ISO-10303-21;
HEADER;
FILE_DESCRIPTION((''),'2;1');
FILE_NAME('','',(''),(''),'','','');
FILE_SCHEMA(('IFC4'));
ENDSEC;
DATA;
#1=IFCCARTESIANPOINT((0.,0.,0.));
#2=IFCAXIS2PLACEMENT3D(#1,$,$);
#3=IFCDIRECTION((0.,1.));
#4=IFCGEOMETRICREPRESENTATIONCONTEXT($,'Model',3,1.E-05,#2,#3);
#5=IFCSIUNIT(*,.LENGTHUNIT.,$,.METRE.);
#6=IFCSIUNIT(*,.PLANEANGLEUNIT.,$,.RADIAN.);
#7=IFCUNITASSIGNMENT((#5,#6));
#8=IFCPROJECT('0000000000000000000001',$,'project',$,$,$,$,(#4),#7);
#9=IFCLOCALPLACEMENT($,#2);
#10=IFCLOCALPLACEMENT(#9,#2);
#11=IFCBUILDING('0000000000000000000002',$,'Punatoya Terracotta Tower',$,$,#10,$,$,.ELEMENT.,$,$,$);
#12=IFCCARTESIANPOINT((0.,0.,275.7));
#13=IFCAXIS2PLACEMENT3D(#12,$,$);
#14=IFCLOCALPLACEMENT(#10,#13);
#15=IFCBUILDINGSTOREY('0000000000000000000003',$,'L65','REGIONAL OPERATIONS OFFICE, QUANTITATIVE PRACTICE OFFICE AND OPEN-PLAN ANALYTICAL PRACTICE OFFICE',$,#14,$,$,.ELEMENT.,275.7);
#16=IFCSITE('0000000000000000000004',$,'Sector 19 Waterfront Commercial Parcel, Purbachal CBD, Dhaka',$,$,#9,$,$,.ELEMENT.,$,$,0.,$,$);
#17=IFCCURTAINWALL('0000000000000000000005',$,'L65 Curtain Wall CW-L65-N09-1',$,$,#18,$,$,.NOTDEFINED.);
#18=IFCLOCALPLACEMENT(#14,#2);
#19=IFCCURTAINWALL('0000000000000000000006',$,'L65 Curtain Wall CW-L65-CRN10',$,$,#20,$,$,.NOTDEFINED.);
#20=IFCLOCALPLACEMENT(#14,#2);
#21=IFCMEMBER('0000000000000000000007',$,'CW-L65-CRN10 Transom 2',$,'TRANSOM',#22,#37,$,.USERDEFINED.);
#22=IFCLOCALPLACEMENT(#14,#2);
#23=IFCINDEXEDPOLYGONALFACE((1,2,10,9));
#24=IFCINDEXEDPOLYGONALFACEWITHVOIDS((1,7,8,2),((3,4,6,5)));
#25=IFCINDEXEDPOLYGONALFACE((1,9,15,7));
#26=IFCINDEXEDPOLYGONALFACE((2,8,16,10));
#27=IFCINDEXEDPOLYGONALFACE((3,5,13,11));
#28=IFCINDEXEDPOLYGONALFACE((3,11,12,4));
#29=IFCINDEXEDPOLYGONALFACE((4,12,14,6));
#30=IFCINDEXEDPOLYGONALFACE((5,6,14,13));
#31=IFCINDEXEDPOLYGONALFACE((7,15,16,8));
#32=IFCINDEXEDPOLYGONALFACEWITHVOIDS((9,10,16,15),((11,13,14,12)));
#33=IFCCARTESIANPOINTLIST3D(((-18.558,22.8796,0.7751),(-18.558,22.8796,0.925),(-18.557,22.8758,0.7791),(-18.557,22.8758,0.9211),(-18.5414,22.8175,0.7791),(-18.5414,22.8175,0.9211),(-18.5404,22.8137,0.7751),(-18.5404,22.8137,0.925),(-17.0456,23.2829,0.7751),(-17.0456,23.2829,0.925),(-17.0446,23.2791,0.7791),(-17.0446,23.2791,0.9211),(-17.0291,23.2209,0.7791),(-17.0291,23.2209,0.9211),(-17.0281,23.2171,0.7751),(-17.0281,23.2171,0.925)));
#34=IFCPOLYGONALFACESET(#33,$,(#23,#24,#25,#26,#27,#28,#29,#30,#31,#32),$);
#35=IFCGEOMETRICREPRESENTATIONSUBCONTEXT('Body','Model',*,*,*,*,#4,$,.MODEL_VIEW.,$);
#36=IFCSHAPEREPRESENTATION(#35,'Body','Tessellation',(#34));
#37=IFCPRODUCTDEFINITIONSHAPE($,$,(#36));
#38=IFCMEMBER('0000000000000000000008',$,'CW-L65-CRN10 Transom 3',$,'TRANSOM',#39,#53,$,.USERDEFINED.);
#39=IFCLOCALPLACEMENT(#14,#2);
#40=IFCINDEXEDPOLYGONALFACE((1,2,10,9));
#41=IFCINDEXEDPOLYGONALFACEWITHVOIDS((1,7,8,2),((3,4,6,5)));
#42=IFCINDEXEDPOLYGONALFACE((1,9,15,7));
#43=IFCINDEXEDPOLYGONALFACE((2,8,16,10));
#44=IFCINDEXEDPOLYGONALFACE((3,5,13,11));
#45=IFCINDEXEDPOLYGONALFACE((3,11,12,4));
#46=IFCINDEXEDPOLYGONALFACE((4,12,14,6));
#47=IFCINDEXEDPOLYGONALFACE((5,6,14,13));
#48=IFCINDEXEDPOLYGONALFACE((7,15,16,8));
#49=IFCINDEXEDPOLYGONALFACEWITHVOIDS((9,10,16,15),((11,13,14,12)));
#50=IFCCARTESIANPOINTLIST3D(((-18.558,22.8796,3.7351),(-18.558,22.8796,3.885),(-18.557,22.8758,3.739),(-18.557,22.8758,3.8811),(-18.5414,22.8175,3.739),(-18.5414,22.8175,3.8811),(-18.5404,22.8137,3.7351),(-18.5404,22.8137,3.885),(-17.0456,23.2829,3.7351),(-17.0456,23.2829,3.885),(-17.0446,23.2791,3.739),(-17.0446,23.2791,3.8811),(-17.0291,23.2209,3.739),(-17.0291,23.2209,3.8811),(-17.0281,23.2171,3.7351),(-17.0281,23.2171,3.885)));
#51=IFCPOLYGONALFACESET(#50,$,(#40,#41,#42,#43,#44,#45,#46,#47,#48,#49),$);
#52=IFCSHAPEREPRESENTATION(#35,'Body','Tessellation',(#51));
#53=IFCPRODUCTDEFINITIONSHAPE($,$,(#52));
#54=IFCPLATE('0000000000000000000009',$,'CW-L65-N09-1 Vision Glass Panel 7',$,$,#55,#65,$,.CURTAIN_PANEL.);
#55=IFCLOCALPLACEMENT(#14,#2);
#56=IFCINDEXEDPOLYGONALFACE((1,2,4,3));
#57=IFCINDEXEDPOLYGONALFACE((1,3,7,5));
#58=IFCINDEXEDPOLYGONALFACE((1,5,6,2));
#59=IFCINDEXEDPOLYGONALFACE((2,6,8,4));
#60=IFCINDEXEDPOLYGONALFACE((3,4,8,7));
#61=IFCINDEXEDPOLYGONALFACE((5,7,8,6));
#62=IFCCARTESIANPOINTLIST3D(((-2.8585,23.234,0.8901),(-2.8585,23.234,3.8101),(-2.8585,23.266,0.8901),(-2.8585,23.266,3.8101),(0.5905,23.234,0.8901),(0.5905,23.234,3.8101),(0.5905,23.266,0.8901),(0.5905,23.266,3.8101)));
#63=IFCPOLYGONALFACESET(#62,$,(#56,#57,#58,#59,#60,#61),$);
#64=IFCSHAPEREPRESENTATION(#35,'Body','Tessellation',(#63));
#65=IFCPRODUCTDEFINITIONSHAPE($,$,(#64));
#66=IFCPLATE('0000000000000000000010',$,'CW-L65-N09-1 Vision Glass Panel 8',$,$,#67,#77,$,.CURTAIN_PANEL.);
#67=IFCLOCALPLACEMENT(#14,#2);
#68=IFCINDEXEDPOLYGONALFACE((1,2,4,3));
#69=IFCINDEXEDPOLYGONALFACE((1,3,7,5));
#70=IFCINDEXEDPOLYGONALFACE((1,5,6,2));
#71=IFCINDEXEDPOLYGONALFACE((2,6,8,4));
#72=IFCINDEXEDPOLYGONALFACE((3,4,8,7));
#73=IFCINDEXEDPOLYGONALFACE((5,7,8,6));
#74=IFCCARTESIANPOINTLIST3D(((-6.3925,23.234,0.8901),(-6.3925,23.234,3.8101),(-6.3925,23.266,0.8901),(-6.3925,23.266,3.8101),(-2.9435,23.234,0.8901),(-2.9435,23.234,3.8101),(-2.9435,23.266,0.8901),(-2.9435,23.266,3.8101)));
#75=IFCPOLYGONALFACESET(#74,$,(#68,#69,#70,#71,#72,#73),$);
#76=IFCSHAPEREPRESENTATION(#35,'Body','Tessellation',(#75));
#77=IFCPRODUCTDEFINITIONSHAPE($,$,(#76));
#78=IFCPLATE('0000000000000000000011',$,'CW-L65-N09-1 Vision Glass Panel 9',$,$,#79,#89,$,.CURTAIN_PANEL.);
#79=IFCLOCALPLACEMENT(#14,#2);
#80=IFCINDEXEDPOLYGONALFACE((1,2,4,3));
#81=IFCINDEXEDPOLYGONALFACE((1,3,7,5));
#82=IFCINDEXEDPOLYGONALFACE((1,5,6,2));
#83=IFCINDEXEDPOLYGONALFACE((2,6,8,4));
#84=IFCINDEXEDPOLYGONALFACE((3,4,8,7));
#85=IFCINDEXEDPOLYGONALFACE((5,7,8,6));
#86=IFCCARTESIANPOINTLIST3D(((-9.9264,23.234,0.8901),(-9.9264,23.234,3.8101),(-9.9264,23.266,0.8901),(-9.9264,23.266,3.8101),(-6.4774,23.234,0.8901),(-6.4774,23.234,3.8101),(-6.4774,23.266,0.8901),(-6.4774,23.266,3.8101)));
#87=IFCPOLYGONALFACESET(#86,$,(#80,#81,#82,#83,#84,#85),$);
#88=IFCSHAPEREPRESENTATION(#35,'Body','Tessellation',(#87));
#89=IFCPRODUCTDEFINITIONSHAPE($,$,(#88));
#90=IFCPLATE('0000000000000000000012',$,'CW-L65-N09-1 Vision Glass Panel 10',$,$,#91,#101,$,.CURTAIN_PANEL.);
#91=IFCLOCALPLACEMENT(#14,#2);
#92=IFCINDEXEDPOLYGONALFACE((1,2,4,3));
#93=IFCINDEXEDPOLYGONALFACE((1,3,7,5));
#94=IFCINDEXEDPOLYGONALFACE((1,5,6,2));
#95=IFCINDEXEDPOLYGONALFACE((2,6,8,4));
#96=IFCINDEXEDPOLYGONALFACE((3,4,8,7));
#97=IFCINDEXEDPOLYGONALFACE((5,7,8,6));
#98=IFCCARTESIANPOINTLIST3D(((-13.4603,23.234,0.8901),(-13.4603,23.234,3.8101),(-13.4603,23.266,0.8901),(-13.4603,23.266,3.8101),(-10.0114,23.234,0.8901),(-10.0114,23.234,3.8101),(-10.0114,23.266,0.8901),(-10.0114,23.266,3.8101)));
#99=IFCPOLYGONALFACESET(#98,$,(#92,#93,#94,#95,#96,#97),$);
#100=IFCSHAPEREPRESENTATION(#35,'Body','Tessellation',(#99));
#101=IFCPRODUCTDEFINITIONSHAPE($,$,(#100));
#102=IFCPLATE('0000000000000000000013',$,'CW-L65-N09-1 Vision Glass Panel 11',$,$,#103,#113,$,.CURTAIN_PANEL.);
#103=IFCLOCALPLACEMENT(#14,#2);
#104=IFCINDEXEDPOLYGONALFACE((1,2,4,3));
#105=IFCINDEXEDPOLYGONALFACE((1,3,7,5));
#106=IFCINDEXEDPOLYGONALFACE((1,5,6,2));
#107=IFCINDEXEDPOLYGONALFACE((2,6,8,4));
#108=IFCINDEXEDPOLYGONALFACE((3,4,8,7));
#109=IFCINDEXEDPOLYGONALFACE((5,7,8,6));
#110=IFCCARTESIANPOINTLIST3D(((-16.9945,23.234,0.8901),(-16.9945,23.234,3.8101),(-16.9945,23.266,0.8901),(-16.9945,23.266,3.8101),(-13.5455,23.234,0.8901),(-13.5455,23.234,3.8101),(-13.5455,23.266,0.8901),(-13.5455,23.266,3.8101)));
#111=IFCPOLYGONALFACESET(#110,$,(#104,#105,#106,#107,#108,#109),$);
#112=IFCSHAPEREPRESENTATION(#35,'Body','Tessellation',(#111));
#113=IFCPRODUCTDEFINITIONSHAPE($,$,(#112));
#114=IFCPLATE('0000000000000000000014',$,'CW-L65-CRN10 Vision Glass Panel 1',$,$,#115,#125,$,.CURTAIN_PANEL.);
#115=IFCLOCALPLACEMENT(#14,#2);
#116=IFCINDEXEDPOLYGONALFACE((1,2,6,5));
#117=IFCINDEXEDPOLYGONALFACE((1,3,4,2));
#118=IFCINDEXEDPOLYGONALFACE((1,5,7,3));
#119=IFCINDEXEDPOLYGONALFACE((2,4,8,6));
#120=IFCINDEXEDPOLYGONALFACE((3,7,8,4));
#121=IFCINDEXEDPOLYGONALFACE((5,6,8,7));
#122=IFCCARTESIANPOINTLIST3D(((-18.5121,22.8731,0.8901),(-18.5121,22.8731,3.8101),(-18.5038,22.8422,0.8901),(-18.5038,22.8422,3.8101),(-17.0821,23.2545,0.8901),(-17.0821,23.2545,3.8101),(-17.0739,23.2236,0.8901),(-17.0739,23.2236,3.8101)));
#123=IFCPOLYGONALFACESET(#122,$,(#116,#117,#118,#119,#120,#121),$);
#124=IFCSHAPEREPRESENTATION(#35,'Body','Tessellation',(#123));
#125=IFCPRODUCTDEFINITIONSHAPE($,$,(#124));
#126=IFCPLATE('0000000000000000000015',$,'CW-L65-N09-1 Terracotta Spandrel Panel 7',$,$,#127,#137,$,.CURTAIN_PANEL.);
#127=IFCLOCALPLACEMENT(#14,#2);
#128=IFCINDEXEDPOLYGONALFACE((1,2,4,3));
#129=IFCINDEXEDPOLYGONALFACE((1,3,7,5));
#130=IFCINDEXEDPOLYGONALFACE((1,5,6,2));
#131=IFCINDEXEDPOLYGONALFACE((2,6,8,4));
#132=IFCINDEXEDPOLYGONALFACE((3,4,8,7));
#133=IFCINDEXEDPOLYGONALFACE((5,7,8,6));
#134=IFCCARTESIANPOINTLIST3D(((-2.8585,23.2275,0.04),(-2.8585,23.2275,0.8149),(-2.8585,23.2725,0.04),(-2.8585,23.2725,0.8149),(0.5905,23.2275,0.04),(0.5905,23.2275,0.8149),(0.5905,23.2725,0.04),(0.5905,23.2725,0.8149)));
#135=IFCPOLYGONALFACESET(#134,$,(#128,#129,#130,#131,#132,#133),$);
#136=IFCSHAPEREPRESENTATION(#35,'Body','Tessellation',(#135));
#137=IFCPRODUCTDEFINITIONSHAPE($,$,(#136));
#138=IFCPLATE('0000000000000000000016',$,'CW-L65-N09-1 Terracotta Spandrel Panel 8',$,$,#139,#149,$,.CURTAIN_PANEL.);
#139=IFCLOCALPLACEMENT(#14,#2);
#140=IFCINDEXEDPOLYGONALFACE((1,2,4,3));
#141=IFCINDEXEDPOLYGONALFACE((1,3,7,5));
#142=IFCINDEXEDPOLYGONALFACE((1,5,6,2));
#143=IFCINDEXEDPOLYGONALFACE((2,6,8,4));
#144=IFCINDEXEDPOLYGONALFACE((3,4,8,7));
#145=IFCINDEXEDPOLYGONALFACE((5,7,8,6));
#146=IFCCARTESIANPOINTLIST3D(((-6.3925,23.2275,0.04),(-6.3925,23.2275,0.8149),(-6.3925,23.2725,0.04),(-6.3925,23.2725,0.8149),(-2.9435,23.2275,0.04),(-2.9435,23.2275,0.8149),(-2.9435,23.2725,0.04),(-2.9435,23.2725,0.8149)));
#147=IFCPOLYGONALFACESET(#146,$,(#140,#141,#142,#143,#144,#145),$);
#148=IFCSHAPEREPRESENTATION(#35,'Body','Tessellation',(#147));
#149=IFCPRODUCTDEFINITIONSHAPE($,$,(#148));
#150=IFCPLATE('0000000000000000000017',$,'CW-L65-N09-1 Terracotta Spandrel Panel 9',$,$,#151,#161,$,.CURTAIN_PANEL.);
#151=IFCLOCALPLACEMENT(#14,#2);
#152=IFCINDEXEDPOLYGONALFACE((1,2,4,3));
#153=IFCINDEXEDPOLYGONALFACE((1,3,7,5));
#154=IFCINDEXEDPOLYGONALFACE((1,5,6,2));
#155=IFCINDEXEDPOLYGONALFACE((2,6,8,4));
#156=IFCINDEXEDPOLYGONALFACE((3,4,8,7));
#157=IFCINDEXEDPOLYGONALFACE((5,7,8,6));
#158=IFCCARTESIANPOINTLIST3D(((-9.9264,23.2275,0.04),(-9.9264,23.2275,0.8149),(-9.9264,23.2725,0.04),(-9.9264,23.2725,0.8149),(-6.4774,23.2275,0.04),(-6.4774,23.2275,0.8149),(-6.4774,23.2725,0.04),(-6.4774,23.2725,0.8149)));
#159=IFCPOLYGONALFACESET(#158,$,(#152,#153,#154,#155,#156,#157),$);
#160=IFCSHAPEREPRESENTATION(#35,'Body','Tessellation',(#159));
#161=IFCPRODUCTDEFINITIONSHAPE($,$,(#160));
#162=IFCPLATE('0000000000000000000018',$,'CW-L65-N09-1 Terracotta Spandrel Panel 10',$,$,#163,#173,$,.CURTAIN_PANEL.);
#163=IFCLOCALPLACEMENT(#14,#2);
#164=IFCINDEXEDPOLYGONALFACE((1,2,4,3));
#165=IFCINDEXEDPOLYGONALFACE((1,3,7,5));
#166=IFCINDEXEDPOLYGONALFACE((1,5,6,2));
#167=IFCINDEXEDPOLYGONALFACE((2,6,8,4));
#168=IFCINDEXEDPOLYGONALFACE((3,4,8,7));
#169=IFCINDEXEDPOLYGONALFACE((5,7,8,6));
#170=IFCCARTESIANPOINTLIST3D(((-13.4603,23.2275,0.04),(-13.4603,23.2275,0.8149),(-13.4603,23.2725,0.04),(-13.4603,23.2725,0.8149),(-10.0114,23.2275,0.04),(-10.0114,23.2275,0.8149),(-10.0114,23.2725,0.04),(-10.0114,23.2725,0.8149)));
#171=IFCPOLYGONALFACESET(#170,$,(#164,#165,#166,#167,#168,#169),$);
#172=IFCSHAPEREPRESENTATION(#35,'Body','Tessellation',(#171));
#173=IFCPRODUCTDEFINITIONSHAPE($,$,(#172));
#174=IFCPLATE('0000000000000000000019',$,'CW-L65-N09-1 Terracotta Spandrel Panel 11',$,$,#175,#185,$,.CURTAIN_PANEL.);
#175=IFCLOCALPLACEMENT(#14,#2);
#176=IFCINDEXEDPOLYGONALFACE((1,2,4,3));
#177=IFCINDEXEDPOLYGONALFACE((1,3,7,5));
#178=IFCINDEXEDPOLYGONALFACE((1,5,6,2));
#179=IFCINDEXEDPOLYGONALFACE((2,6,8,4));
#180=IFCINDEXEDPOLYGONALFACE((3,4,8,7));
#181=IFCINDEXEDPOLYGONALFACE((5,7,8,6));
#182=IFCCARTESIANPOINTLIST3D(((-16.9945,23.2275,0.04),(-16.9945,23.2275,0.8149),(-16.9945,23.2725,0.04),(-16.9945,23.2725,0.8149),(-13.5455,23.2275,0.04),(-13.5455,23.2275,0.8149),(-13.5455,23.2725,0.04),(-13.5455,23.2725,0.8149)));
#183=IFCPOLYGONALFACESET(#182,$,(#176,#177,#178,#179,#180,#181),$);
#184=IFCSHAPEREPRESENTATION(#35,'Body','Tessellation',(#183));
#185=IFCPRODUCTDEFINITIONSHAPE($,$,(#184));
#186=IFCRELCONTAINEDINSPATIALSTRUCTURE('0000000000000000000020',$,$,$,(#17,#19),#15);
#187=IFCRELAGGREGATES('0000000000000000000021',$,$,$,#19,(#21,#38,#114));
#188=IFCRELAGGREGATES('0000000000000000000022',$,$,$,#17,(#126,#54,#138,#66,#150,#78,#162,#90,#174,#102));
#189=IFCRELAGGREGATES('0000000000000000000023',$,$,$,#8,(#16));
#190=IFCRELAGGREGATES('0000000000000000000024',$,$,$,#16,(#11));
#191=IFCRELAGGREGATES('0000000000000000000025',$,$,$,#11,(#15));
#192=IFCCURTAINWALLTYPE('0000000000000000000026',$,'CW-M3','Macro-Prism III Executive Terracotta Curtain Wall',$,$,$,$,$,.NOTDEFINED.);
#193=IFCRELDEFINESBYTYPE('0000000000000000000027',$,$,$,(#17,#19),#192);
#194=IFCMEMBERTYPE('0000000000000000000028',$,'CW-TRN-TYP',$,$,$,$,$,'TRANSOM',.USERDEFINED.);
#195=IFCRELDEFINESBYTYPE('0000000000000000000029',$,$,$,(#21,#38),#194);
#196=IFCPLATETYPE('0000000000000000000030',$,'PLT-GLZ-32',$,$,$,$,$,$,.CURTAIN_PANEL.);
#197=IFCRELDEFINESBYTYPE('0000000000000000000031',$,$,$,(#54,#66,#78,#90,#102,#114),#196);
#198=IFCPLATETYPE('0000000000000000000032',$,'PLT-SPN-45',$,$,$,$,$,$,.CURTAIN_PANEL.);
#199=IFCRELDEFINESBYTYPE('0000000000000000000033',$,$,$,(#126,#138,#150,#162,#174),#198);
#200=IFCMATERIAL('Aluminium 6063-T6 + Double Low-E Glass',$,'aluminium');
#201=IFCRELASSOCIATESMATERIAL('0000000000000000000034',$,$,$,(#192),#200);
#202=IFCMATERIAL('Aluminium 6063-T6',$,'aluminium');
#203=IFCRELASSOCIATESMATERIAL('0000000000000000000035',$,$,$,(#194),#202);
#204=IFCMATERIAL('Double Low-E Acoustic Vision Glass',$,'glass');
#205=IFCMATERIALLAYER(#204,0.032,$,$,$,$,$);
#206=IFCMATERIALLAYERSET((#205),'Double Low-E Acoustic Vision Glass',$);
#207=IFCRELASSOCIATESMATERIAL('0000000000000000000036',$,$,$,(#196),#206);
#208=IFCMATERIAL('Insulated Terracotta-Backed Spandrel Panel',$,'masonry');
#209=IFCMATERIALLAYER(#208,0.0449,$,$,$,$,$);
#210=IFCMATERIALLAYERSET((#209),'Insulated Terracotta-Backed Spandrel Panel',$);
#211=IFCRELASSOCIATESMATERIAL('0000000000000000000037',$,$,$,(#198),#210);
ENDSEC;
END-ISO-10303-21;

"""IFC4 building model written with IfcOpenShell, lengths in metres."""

from ifc_helpers import new_model, si_unit, direction, frame, origin, origin_2d, place, context, subcontext, project, spatial, rectangle, hollow_rectangle, extrude, material, layer, layer_set, material_profile, profile_set, type_object, element, aggregate, save


model = new_model("IFC4")

# Units and contexts
model_context = context("Model", 3, precision=1e-05, world=origin(), true_north=direction((0.0, 1.0)))
body_context = subcontext(model_context, "Body", "Model", "MODEL_VIEW")
ifc_project = project(units=[si_unit("LENGTHUNIT", "METRE"), si_unit("PLANEANGLEUNIT", "RADIAN")], contexts=[model_context])

# Site, building, storey
site_placement = place(None, origin())
site = spatial("IfcSite", under=ifc_project, at=site_placement, Name="Sector 19 Waterfront Commercial Parcel, Purbachal CBD, Dhaka", CompositionType="ELEMENT", RefElevation=0.0)
building_placement = place(site_placement, origin())
building = spatial("IfcBuilding", under=site, at=building_placement, Name="Punatoya Terracotta Tower", CompositionType="ELEMENT")
storey_placement = place(building_placement, frame((0.0, 0.0, 275.7)))
storey = spatial("IfcBuildingStorey", under=building, at=storey_placement, Name="L65", Description="REGIONAL OPERATIONS OFFICE, QUANTITATIVE PRACTICE OFFICE AND OPEN-PLAN ANALYTICAL PRACTICE OFFICE", CompositionType="ELEMENT", Elevation=275.7)

# Curtain walls, members
ifc_material_1 = material(Name="Aluminium 6063-T6 + Double Low-E Glass", Category="aluminium")
curtain_wall_type = type_object("IfcCurtainWallType", Name="CW-M3", Description="Macro-Prism III Executive Terracotta Curtain Wall", PredefinedType="NOTDEFINED", material=ifc_material_1)
curtain_wall_1_placement = place(storey_placement, origin())
curtain_wall_1 = element("IfcCurtainWall", 1, at=curtain_wall_1_placement, inside=storey, type_object=curtain_wall_type, Name="L65 Curtain Wall CW-L65-N09-1", PredefinedType="NOTDEFINED")
ifc_material_2 = material(Name="Aluminium 6063-T6", Category="aluminium")
curtain_wall_2_placement = place(storey_placement, origin())
curtain_wall_2 = element("IfcCurtainWall", 2, at=curtain_wall_2_placement, inside=storey, type_object=curtain_wall_type, Name="L65 Curtain Wall CW-L65-CRN10", PredefinedType="NOTDEFINED")
ifc_material_profile_1 = material_profile(ifc_material_2, hollow_rectangle(XDim=0.0681, YDim=0.1499, WallThickness=0.0039, at=origin_2d()))
ifc_profile_set_1 = profile_set([ifc_material_profile_1], Name="Aluminium 6063-T6")
member_type_1 = type_object("IfcMemberType", Name="CW-TRN-TYP", ElementType="TRANSOM", PredefinedType="USERDEFINED", material=ifc_profile_set_1)
member_1_placement = place(storey_placement, frame((-17.0369, 23.25, 0.8501), z_axis=(-0.966225, -0.257701, 0.0), x_axis=(0.257701, -0.966225, 0.0)))
member_1 = element("IfcMember", 3, at=member_1_placement, type_object=member_type_1, Name="CW-L65-CRN10 Transom 2", ObjectType="TRANSOM", PredefinedType="USERDEFINED", context=body_context, shape_type="SweptSolid", body=[
    extrude(hollow_rectangle(XDim=0.0681, YDim=0.1499, WallThickness=0.0039, at=origin_2d()), origin(), (0.0, 0.0, 1.0), 1.5652),
])
member_2_placement = place(storey_placement, frame((-17.0369, 23.25, 3.8101), z_axis=(-0.966225, -0.257701, 0.0), x_axis=(0.257701, -0.966225, 0.0)))
member_2 = element("IfcMember", 4, at=member_2_placement, type_object=member_type_1, Name="CW-L65-CRN10 Transom 3", ObjectType="TRANSOM", PredefinedType="USERDEFINED", context=body_context, shape_type="SweptSolid", body=[
    extrude(hollow_rectangle(XDim=0.0681, YDim=0.1499, WallThickness=0.0039, at=origin_2d()), origin(), (0.0, 0.0, 1.0), 1.5652),
])

# Plates
ifc_material_3 = material(Name="Double Low-E Acoustic Vision Glass", Category="glass")
ifc_layer_1 = layer(ifc_material_3, 0.032)
ifc_layer_set_1 = layer_set([ifc_layer_1], Name="Double Low-E Acoustic Vision Glass")
plate_type_1 = type_object("IfcPlateType", Name="PLT-GLZ-32", PredefinedType="CURTAIN_PANEL", material=ifc_layer_set_1)
plate_1_placement = place(storey_placement, frame((-1.134, 23.25, 0.8901), z_axis=(0.0, 0.0, 1.0), x_axis=(-1.0, 0.0, 0.0)))
plate_1 = element("IfcPlate", 5, at=plate_1_placement, type_object=plate_type_1, Name="CW-L65-N09-1 Vision Glass Panel 7", PredefinedType="CURTAIN_PANEL", context=body_context, shape_type="SweptSolid", body=[
    extrude(rectangle(XDim=3.449, YDim=0.032, at=origin_2d()), origin(), (0.0, 0.0, 1.0), 2.9199),
])
plate_2_placement = place(storey_placement, frame((-4.668, 23.25, 0.8901), z_axis=(0.0, 0.0, 1.0), x_axis=(-1.0, 0.0, 0.0)))
plate_2 = element("IfcPlate", 6, at=plate_2_placement, type_object=plate_type_1, Name="CW-L65-N09-1 Vision Glass Panel 8", PredefinedType="CURTAIN_PANEL", context=body_context, shape_type="SweptSolid", body=[
    extrude(rectangle(XDim=3.449, YDim=0.032, at=origin_2d()), origin(), (0.0, 0.0, 1.0), 2.9199),
])
plate_3_placement = place(storey_placement, frame((-8.2019, 23.25, 0.8901), z_axis=(0.0, 0.0, 1.0), x_axis=(-1.0, 0.0, 0.0)))
plate_3 = element("IfcPlate", 7, at=plate_3_placement, type_object=plate_type_1, Name="CW-L65-N09-1 Vision Glass Panel 9", PredefinedType="CURTAIN_PANEL", context=body_context, shape_type="SweptSolid", body=[
    extrude(rectangle(XDim=3.449, YDim=0.032, at=origin_2d()), origin(), (0.0, 0.0, 1.0), 2.9199),
])
plate_4_placement = place(storey_placement, frame((-11.7358, 23.25, 0.8901), z_axis=(0.0, 0.0, 1.0), x_axis=(-1.0, 0.0, 0.0)))
plate_4 = element("IfcPlate", 8, at=plate_4_placement, type_object=plate_type_1, Name="CW-L65-N09-1 Vision Glass Panel 10", PredefinedType="CURTAIN_PANEL", context=body_context, shape_type="SweptSolid", body=[
    extrude(rectangle(XDim=3.449, YDim=0.032, at=origin_2d()), origin(), (0.0, 0.0, 1.0), 2.9199),
])
plate_5_placement = place(storey_placement, frame((-15.27, 23.25, 0.8901), z_axis=(0.0, 0.0, 1.0), x_axis=(-1.0, 0.0, 0.0)))
plate_5 = element("IfcPlate", 9, at=plate_5_placement, type_object=plate_type_1, Name="CW-L65-N09-1 Vision Glass Panel 11", PredefinedType="CURTAIN_PANEL", context=body_context, shape_type="SweptSolid", body=[
    extrude(rectangle(XDim=3.449, YDim=0.032, at=origin_2d()), origin(), (0.0, 0.0, 1.0), 2.9199),
])
plate_6_placement = place(storey_placement, frame((-17.793, 23.0483, 0.8901), z_axis=(0.0, 0.0, 1.0), x_axis=(-0.966214, -0.257742, 0.0)))
plate_6 = element("IfcPlate", 10, at=plate_6_placement, type_object=plate_type_1, Name="CW-L65-CRN10 Vision Glass Panel 1", PredefinedType="CURTAIN_PANEL", context=body_context, shape_type="SweptSolid", body=[
    extrude(rectangle(XDim=1.48, YDim=0.032, at=origin_2d()), origin(), (0.0, 0.0, 1.0), 2.9199),
])
aggregate(curtain_wall_2, [member_1, member_2, plate_6])
ifc_material_4 = material(Name="Insulated Terracotta-Backed Spandrel Panel", Category="masonry")
ifc_layer_2 = layer(ifc_material_4, 0.0449)
ifc_layer_set_2 = layer_set([ifc_layer_2], Name="Insulated Terracotta-Backed Spandrel Panel")
plate_type_2 = type_object("IfcPlateType", Name="PLT-SPN-45", PredefinedType="CURTAIN_PANEL", material=ifc_layer_set_2)
plate_7_placement = place(storey_placement, frame((-1.134, 23.25, 0.04), z_axis=(0.0, 0.0, 1.0), x_axis=(-1.0, 0.0, 0.0)))
plate_7 = element("IfcPlate", 11, at=plate_7_placement, type_object=plate_type_2, Name="CW-L65-N09-1 Terracotta Spandrel Panel 7", PredefinedType="CURTAIN_PANEL", context=body_context, shape_type="SweptSolid", body=[
    extrude(rectangle(XDim=3.449, YDim=0.0449, at=origin_2d()), origin(), (0.0, 0.0, 1.0), 0.7749),
])
plate_8_placement = place(storey_placement, frame((-4.668, 23.25, 0.04), z_axis=(0.0, 0.0, 1.0), x_axis=(-1.0, 0.0, 0.0)))
plate_8 = element("IfcPlate", 12, at=plate_8_placement, type_object=plate_type_2, Name="CW-L65-N09-1 Terracotta Spandrel Panel 8", PredefinedType="CURTAIN_PANEL", context=body_context, shape_type="SweptSolid", body=[
    extrude(rectangle(XDim=3.449, YDim=0.0449, at=origin_2d()), origin(), (0.0, 0.0, 1.0), 0.7749),
])
plate_9_placement = place(storey_placement, frame((-8.2019, 23.25, 0.04), z_axis=(0.0, 0.0, 1.0), x_axis=(-1.0, 0.0, 0.0)))
plate_9 = element("IfcPlate", 13, at=plate_9_placement, type_object=plate_type_2, Name="CW-L65-N09-1 Terracotta Spandrel Panel 9", PredefinedType="CURTAIN_PANEL", context=body_context, shape_type="SweptSolid", body=[
    extrude(rectangle(XDim=3.449, YDim=0.0449, at=origin_2d()), origin(), (0.0, 0.0, 1.0), 0.7749),
])
plate_10_placement = place(storey_placement, frame((-11.7358, 23.25, 0.04), z_axis=(0.0, 0.0, 1.0), x_axis=(-1.0, 0.0, 0.0)))
plate_10 = element("IfcPlate", 14, at=plate_10_placement, type_object=plate_type_2, Name="CW-L65-N09-1 Terracotta Spandrel Panel 10", PredefinedType="CURTAIN_PANEL", context=body_context, shape_type="SweptSolid", body=[
    extrude(rectangle(XDim=3.449, YDim=0.0449, at=origin_2d()), origin(), (0.0, 0.0, 1.0), 0.7749),
])
plate_11_placement = place(storey_placement, frame((-15.27, 23.25, 0.04), z_axis=(0.0, 0.0, 1.0), x_axis=(-1.0, 0.0, 0.0)))
plate_11 = element("IfcPlate", 15, at=plate_11_placement, type_object=plate_type_2, Name="CW-L65-N09-1 Terracotta Spandrel Panel 11", PredefinedType="CURTAIN_PANEL", context=body_context, shape_type="SweptSolid", body=[
    extrude(rectangle(XDim=3.449, YDim=0.0449, at=origin_2d()), origin(), (0.0, 0.0, 1.0), 0.7749),
])
aggregate(curtain_wall_1, [plate_7, plate_1, plate_8, plate_2, plate_9, plate_3, plate_10, plate_4, plate_11, plate_5])

save(model, "model.ifc")
